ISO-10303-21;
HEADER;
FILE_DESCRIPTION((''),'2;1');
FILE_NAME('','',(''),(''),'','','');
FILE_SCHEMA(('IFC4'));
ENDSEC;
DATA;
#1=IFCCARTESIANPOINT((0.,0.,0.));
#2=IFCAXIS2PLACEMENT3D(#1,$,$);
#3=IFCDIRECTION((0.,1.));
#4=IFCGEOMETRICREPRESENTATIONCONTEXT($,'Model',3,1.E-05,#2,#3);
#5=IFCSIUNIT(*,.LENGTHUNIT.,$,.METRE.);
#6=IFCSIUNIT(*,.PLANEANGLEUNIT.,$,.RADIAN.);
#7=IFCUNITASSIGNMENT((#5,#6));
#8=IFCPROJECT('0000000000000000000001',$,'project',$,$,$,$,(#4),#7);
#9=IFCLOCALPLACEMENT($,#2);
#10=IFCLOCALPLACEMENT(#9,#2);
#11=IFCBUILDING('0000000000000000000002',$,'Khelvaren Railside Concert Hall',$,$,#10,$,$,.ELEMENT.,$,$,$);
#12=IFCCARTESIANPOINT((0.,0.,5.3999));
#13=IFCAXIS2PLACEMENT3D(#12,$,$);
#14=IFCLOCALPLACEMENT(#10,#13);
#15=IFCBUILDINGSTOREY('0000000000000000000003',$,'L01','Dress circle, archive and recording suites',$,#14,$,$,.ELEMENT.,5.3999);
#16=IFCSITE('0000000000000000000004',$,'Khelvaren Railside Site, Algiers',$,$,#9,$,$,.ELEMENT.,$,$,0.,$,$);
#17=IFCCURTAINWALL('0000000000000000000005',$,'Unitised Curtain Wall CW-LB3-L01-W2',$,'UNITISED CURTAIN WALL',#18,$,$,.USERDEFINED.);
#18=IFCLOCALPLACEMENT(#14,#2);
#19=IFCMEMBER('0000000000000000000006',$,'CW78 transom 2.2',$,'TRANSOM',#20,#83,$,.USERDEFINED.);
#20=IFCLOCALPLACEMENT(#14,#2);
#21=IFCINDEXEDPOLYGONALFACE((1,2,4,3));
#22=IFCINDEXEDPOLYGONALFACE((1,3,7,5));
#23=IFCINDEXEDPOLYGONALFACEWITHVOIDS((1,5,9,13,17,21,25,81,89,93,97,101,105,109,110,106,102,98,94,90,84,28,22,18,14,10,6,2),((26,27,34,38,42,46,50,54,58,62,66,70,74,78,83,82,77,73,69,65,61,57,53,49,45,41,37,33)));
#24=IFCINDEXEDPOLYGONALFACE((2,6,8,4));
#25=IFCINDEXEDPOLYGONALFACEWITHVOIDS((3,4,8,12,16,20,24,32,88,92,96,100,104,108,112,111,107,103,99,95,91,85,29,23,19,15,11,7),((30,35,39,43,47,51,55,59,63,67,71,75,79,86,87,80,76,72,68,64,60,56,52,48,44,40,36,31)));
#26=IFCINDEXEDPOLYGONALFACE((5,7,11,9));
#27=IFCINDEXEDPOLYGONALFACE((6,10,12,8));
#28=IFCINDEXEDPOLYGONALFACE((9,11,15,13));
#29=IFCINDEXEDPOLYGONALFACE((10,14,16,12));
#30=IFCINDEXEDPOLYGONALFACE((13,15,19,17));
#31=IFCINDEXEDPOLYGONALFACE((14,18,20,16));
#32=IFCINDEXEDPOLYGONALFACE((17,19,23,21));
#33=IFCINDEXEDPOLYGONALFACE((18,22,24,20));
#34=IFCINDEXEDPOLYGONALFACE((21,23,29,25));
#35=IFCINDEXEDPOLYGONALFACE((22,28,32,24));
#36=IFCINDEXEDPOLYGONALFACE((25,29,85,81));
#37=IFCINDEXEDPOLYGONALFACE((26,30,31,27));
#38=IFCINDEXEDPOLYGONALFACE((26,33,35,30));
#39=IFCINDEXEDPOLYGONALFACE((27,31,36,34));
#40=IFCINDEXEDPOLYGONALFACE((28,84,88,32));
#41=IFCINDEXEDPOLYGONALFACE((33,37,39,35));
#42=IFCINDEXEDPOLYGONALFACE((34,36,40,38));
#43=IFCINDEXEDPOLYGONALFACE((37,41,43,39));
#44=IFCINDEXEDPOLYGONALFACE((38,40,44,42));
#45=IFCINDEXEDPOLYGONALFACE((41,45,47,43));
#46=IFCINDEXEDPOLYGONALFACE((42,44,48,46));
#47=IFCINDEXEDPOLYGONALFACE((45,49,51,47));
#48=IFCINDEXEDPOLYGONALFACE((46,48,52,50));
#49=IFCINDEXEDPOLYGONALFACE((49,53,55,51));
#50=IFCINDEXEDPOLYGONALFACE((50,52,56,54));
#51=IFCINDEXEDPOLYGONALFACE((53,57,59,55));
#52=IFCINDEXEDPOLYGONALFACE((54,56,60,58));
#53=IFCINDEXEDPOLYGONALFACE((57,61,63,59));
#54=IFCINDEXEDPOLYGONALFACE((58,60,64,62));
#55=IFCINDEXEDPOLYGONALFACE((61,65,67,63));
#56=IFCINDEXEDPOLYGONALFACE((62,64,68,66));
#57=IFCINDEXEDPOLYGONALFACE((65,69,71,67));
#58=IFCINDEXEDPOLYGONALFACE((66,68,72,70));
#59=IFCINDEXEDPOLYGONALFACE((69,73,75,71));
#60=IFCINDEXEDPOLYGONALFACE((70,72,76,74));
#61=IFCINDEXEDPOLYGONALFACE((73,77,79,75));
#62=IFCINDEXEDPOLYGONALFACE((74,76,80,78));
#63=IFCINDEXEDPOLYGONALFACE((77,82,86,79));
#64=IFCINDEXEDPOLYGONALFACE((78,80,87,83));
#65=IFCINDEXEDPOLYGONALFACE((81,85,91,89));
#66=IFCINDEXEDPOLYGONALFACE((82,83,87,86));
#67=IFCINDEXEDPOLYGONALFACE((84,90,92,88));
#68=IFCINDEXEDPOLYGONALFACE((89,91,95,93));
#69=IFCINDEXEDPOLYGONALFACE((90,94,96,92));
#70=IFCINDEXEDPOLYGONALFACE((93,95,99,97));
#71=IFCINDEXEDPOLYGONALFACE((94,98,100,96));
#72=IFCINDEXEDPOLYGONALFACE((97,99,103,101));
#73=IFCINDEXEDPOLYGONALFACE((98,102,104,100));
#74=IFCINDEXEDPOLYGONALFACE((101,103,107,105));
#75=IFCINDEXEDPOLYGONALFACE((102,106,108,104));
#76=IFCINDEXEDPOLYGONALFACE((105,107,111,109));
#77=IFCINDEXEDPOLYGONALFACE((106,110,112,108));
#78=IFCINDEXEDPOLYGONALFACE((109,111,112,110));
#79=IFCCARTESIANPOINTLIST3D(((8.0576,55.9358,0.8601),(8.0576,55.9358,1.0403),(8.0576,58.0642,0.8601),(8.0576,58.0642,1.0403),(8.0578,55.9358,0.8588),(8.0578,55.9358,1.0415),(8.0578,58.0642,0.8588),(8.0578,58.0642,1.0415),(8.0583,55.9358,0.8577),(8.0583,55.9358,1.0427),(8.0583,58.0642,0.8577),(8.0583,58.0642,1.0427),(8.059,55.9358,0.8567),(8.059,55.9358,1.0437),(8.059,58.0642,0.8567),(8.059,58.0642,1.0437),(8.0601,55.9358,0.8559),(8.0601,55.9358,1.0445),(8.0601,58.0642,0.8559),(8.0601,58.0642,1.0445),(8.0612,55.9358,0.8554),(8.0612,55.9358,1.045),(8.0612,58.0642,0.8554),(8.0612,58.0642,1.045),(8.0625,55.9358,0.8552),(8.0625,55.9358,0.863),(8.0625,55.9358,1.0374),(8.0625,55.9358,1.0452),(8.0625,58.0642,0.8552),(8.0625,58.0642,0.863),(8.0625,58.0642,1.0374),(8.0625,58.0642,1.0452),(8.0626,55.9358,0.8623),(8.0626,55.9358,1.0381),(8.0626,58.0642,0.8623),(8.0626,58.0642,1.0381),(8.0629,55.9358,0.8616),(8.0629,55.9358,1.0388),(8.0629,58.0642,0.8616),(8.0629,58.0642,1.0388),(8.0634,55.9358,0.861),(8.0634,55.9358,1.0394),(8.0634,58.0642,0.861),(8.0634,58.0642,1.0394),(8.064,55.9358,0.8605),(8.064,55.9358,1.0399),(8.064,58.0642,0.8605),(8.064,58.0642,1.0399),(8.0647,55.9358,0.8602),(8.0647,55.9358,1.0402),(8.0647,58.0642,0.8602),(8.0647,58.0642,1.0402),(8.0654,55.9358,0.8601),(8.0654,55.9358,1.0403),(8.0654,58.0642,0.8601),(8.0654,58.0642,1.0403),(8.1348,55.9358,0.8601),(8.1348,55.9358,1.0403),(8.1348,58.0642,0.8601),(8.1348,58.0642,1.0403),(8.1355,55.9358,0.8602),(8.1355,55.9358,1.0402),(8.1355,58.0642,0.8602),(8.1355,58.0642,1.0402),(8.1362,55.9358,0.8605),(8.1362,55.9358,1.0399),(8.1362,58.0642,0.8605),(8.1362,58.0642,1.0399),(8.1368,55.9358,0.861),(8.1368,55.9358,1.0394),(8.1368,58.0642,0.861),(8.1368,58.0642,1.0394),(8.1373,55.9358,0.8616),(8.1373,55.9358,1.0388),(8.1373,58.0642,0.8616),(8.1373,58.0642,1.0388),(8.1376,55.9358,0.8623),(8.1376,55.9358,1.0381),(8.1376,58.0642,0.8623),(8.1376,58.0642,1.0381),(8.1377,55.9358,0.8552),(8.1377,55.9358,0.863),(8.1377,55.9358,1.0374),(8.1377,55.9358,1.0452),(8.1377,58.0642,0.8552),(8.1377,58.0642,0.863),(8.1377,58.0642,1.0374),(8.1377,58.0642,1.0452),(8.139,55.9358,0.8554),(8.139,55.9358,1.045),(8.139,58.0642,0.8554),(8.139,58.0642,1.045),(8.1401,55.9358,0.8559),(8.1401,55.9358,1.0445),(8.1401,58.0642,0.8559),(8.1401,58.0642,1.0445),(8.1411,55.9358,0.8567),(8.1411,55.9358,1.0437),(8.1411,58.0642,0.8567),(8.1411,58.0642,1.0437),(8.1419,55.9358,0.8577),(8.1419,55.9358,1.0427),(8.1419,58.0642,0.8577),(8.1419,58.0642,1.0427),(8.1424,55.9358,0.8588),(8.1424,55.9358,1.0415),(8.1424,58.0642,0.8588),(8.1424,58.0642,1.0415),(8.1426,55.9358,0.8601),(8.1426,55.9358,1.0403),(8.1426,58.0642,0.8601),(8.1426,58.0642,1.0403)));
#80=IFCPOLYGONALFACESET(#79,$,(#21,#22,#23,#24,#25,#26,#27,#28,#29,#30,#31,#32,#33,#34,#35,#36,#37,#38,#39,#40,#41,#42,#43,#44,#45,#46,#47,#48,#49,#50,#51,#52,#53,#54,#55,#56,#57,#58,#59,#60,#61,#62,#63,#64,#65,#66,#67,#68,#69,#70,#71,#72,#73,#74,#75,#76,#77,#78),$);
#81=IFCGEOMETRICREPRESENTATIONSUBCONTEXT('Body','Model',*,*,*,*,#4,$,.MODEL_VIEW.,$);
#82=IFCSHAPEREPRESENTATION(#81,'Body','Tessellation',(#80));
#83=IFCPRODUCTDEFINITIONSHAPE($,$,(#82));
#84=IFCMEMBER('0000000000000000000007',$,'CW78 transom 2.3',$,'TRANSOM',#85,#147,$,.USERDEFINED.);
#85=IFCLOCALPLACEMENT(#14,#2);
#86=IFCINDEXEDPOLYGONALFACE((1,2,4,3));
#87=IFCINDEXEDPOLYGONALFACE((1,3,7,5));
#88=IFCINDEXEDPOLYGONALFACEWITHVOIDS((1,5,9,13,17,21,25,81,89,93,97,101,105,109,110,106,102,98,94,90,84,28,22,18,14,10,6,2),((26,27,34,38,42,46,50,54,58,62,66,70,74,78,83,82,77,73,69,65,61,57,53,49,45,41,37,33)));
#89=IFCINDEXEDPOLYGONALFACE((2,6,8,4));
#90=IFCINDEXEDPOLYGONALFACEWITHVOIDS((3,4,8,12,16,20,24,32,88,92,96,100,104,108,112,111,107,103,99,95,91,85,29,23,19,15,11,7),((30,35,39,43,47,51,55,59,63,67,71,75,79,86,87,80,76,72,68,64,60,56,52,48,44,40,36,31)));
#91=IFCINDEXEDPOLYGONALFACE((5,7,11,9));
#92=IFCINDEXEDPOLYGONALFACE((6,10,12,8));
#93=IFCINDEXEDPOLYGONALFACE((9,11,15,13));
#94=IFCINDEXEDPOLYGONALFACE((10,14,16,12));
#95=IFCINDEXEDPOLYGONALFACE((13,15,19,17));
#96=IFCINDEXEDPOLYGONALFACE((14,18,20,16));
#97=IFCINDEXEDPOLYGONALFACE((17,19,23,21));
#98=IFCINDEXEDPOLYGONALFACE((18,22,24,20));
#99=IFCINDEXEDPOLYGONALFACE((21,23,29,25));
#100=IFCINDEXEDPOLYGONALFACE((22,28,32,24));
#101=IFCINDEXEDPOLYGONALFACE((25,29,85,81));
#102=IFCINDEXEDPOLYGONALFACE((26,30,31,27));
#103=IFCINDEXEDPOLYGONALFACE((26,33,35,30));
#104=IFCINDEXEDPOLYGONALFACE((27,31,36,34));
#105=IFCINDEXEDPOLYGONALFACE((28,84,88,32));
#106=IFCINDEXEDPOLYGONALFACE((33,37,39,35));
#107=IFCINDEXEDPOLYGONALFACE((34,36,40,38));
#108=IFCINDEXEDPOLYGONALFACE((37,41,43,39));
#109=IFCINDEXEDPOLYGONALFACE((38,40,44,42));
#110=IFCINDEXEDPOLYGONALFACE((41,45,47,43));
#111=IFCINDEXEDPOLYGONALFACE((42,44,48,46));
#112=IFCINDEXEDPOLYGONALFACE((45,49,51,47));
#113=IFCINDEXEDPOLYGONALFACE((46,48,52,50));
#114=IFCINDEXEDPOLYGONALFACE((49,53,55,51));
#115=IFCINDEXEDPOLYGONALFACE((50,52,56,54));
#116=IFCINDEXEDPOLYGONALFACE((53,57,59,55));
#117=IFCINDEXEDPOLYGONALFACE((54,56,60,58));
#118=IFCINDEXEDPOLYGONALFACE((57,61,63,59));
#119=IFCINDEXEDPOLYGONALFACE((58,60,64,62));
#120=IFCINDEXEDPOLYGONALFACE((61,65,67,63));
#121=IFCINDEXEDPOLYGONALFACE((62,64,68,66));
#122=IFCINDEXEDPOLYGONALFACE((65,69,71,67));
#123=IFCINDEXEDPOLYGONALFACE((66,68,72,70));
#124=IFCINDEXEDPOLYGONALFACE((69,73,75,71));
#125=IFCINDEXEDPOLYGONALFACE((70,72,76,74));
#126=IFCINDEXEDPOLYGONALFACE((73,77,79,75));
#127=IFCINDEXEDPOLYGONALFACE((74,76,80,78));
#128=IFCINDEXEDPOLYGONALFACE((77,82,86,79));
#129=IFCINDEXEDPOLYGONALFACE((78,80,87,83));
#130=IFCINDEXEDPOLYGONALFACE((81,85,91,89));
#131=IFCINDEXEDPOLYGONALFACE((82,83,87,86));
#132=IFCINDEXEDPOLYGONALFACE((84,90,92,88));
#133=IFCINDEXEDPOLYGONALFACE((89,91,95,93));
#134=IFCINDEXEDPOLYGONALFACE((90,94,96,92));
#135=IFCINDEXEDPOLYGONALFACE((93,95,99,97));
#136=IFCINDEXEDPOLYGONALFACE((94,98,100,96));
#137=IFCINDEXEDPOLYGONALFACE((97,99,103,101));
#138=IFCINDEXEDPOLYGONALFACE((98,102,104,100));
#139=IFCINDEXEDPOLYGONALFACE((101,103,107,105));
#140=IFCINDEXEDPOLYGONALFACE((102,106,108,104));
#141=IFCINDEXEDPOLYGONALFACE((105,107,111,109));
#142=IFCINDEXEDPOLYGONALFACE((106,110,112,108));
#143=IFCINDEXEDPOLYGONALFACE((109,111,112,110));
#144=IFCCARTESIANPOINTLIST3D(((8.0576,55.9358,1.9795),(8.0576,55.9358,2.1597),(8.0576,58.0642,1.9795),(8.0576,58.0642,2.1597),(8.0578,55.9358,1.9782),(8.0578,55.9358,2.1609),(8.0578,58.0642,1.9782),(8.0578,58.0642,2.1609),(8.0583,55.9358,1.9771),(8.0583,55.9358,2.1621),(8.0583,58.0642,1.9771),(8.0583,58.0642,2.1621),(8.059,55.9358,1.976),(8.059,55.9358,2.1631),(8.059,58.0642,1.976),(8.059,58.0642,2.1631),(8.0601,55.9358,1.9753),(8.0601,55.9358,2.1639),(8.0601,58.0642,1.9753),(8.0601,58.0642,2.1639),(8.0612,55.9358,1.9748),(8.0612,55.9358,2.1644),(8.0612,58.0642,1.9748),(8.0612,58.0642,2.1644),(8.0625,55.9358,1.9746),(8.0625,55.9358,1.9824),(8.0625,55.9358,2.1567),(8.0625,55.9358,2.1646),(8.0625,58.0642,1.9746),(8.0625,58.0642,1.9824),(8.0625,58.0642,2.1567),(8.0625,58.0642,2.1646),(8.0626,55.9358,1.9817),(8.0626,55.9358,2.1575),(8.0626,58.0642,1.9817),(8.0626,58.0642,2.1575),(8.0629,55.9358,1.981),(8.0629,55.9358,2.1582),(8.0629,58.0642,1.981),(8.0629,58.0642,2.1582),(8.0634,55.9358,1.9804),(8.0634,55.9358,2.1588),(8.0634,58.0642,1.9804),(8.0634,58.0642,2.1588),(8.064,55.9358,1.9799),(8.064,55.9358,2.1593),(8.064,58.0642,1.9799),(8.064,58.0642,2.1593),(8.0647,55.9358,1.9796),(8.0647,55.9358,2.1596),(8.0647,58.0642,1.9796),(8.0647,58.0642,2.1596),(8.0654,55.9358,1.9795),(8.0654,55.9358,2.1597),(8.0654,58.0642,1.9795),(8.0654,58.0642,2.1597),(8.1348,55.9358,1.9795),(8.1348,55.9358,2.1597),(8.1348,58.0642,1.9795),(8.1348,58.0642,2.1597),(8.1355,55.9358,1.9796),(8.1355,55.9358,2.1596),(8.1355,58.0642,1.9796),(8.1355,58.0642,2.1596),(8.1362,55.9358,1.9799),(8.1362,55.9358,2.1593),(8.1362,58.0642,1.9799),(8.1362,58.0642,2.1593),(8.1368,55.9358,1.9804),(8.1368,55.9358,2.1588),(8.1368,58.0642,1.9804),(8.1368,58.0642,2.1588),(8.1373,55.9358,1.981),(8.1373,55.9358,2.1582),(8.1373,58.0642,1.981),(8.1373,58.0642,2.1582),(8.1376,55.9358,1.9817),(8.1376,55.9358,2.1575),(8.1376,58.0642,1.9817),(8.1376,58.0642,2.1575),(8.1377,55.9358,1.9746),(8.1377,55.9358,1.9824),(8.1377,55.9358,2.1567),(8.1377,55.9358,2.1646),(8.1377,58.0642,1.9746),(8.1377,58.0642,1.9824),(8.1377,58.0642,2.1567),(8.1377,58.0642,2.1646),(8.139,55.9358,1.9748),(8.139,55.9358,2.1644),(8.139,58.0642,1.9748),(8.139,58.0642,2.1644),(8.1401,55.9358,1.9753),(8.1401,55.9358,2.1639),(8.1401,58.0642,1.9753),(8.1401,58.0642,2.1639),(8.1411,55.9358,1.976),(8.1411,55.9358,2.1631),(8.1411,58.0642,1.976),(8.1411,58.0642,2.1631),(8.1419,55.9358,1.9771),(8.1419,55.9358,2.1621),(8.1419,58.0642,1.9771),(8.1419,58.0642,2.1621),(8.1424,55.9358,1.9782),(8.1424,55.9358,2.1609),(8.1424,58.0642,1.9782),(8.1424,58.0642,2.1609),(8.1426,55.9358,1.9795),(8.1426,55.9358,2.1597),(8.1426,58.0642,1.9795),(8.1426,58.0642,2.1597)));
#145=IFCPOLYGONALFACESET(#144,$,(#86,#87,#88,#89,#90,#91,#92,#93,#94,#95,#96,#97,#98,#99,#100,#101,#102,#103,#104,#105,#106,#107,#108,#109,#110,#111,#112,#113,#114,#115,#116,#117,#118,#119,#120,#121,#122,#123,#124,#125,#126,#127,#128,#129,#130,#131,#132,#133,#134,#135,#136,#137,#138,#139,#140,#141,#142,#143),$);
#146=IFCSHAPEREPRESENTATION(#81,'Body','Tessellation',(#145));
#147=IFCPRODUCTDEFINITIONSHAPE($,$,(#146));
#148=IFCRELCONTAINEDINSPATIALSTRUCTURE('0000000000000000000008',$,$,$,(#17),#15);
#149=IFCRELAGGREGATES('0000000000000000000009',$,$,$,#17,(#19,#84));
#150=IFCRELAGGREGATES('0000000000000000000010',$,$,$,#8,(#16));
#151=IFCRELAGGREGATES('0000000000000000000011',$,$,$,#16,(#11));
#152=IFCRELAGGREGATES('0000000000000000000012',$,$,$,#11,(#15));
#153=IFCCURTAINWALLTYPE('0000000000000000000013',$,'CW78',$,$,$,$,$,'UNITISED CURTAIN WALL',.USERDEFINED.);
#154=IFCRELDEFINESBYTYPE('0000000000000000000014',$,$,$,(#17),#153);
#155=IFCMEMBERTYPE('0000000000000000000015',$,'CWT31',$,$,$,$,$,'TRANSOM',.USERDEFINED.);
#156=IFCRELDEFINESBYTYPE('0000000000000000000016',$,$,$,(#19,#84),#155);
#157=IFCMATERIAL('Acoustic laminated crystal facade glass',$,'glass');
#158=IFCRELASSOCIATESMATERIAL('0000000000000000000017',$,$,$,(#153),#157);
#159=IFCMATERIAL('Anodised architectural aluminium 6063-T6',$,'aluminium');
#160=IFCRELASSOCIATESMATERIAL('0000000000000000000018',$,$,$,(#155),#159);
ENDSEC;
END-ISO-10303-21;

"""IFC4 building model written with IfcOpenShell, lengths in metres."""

from ifc_helpers import new_model, si_unit, direction, frame, origin, origin_2d, place, context, subcontext, project, spatial, hollow_rectangle, extrude, material, material_profile, profile_set, type_object, element, aggregate, save


model = new_model("IFC4")

# Units and contexts
model_context = context("Model", 3, precision=1e-05, world=origin(), true_north=direction((0.0, 1.0)))
body_context = subcontext(model_context, "Body", "Model", "MODEL_VIEW")
ifc_project = project(units=[si_unit("LENGTHUNIT", "METRE"), si_unit("PLANEANGLEUNIT", "RADIAN")], contexts=[model_context])

# Site, building, storey
site_placement = place(None, origin())
site = spatial("IfcSite", under=ifc_project, at=site_placement, Name="Khelvaren Railside Site, Algiers", CompositionType="ELEMENT", RefElevation=0.0)
building_placement = place(site_placement, origin())
building = spatial("IfcBuilding", under=site, at=building_placement, Name="Khelvaren Railside Concert Hall", CompositionType="ELEMENT")
storey_placement = place(building_placement, frame((0.0, 0.0, 5.3999)))
storey = spatial("IfcBuildingStorey", under=building, at=storey_placement, Name="L01", Description="Dress circle, archive and recording suites", CompositionType="ELEMENT", Elevation=5.3999)

# Curtain wall
ifc_material_1 = material(Name="Acoustic laminated crystal facade glass", Category="glass")
curtain_wall_type = type_object("IfcCurtainWallType", Name="CW78", ElementType="UNITISED CURTAIN WALL", PredefinedType="USERDEFINED", material=ifc_material_1)
curtain_wall_1_placement = place(storey_placement, origin())
curtain_wall_1 = element("IfcCurtainWall", 1, at=curtain_wall_1_placement, inside=storey, type_object=curtain_wall_type, Name="Unitised Curtain Wall CW-LB3-L01-W2", ObjectType="UNITISED CURTAIN WALL", PredefinedType="USERDEFINED")
ifc_material_2 = material(Name="Anodised architectural aluminium 6063-T6", Category="aluminium")

# Members
ifc_material_profile_1 = material_profile(ifc_material_2, hollow_rectangle(XDim=0.085, YDim=0.1899, WallThickness=0.0049, InnerFilletRadius=0.0029, OuterFilletRadius=0.0049, at=origin_2d()), Name="CWT 85x190x5")
ifc_profile_set_1 = profile_set([ifc_material_profile_1], Name="Anodised architectural aluminium 6063-T6")
member_type_1 = type_object("IfcMemberType", Name="CWT31", ElementType="TRANSOM", PredefinedType="USERDEFINED", material=ifc_profile_set_1)
member_1_placement = place(storey_placement, frame((8.1001, 55.9358, 0.9502), z_axis=(0.0, 1.0, 0.0), x_axis=(-1.0, 0.0, 0.0)))
member_1 = element("IfcMember", 2, at=member_1_placement, type_object=member_type_1, Name="CW78 transom 2.2", ObjectType="TRANSOM", PredefinedType="USERDEFINED", context=body_context, shape_type="SweptSolid", body=[
    extrude(hollow_rectangle(XDim=0.085, YDim=0.1899, WallThickness=0.0049, InnerFilletRadius=0.0029, OuterFilletRadius=0.0049, at=origin_2d()), origin(), (0.0, 0.0, 1.0), 2.1284),
])
member_2_placement = place(storey_placement, frame((8.1001, 55.9358, 2.0696), z_axis=(0.0, 1.0, 0.0), x_axis=(-1.0, 0.0, 0.0)))
member_2 = element("IfcMember", 3, at=member_2_placement, type_object=member_type_1, Name="CW78 transom 2.3", ObjectType="TRANSOM", PredefinedType="USERDEFINED", context=body_context, shape_type="SweptSolid", body=[
    extrude(hollow_rectangle(XDim=0.085, YDim=0.1899, WallThickness=0.0049, InnerFilletRadius=0.0029, OuterFilletRadius=0.0049, at=origin_2d()), origin(), (0.0, 0.0, 1.0), 2.1284),
])

aggregate(curtain_wall_1, [member_1, member_2])

save(model, "model.ifc")
